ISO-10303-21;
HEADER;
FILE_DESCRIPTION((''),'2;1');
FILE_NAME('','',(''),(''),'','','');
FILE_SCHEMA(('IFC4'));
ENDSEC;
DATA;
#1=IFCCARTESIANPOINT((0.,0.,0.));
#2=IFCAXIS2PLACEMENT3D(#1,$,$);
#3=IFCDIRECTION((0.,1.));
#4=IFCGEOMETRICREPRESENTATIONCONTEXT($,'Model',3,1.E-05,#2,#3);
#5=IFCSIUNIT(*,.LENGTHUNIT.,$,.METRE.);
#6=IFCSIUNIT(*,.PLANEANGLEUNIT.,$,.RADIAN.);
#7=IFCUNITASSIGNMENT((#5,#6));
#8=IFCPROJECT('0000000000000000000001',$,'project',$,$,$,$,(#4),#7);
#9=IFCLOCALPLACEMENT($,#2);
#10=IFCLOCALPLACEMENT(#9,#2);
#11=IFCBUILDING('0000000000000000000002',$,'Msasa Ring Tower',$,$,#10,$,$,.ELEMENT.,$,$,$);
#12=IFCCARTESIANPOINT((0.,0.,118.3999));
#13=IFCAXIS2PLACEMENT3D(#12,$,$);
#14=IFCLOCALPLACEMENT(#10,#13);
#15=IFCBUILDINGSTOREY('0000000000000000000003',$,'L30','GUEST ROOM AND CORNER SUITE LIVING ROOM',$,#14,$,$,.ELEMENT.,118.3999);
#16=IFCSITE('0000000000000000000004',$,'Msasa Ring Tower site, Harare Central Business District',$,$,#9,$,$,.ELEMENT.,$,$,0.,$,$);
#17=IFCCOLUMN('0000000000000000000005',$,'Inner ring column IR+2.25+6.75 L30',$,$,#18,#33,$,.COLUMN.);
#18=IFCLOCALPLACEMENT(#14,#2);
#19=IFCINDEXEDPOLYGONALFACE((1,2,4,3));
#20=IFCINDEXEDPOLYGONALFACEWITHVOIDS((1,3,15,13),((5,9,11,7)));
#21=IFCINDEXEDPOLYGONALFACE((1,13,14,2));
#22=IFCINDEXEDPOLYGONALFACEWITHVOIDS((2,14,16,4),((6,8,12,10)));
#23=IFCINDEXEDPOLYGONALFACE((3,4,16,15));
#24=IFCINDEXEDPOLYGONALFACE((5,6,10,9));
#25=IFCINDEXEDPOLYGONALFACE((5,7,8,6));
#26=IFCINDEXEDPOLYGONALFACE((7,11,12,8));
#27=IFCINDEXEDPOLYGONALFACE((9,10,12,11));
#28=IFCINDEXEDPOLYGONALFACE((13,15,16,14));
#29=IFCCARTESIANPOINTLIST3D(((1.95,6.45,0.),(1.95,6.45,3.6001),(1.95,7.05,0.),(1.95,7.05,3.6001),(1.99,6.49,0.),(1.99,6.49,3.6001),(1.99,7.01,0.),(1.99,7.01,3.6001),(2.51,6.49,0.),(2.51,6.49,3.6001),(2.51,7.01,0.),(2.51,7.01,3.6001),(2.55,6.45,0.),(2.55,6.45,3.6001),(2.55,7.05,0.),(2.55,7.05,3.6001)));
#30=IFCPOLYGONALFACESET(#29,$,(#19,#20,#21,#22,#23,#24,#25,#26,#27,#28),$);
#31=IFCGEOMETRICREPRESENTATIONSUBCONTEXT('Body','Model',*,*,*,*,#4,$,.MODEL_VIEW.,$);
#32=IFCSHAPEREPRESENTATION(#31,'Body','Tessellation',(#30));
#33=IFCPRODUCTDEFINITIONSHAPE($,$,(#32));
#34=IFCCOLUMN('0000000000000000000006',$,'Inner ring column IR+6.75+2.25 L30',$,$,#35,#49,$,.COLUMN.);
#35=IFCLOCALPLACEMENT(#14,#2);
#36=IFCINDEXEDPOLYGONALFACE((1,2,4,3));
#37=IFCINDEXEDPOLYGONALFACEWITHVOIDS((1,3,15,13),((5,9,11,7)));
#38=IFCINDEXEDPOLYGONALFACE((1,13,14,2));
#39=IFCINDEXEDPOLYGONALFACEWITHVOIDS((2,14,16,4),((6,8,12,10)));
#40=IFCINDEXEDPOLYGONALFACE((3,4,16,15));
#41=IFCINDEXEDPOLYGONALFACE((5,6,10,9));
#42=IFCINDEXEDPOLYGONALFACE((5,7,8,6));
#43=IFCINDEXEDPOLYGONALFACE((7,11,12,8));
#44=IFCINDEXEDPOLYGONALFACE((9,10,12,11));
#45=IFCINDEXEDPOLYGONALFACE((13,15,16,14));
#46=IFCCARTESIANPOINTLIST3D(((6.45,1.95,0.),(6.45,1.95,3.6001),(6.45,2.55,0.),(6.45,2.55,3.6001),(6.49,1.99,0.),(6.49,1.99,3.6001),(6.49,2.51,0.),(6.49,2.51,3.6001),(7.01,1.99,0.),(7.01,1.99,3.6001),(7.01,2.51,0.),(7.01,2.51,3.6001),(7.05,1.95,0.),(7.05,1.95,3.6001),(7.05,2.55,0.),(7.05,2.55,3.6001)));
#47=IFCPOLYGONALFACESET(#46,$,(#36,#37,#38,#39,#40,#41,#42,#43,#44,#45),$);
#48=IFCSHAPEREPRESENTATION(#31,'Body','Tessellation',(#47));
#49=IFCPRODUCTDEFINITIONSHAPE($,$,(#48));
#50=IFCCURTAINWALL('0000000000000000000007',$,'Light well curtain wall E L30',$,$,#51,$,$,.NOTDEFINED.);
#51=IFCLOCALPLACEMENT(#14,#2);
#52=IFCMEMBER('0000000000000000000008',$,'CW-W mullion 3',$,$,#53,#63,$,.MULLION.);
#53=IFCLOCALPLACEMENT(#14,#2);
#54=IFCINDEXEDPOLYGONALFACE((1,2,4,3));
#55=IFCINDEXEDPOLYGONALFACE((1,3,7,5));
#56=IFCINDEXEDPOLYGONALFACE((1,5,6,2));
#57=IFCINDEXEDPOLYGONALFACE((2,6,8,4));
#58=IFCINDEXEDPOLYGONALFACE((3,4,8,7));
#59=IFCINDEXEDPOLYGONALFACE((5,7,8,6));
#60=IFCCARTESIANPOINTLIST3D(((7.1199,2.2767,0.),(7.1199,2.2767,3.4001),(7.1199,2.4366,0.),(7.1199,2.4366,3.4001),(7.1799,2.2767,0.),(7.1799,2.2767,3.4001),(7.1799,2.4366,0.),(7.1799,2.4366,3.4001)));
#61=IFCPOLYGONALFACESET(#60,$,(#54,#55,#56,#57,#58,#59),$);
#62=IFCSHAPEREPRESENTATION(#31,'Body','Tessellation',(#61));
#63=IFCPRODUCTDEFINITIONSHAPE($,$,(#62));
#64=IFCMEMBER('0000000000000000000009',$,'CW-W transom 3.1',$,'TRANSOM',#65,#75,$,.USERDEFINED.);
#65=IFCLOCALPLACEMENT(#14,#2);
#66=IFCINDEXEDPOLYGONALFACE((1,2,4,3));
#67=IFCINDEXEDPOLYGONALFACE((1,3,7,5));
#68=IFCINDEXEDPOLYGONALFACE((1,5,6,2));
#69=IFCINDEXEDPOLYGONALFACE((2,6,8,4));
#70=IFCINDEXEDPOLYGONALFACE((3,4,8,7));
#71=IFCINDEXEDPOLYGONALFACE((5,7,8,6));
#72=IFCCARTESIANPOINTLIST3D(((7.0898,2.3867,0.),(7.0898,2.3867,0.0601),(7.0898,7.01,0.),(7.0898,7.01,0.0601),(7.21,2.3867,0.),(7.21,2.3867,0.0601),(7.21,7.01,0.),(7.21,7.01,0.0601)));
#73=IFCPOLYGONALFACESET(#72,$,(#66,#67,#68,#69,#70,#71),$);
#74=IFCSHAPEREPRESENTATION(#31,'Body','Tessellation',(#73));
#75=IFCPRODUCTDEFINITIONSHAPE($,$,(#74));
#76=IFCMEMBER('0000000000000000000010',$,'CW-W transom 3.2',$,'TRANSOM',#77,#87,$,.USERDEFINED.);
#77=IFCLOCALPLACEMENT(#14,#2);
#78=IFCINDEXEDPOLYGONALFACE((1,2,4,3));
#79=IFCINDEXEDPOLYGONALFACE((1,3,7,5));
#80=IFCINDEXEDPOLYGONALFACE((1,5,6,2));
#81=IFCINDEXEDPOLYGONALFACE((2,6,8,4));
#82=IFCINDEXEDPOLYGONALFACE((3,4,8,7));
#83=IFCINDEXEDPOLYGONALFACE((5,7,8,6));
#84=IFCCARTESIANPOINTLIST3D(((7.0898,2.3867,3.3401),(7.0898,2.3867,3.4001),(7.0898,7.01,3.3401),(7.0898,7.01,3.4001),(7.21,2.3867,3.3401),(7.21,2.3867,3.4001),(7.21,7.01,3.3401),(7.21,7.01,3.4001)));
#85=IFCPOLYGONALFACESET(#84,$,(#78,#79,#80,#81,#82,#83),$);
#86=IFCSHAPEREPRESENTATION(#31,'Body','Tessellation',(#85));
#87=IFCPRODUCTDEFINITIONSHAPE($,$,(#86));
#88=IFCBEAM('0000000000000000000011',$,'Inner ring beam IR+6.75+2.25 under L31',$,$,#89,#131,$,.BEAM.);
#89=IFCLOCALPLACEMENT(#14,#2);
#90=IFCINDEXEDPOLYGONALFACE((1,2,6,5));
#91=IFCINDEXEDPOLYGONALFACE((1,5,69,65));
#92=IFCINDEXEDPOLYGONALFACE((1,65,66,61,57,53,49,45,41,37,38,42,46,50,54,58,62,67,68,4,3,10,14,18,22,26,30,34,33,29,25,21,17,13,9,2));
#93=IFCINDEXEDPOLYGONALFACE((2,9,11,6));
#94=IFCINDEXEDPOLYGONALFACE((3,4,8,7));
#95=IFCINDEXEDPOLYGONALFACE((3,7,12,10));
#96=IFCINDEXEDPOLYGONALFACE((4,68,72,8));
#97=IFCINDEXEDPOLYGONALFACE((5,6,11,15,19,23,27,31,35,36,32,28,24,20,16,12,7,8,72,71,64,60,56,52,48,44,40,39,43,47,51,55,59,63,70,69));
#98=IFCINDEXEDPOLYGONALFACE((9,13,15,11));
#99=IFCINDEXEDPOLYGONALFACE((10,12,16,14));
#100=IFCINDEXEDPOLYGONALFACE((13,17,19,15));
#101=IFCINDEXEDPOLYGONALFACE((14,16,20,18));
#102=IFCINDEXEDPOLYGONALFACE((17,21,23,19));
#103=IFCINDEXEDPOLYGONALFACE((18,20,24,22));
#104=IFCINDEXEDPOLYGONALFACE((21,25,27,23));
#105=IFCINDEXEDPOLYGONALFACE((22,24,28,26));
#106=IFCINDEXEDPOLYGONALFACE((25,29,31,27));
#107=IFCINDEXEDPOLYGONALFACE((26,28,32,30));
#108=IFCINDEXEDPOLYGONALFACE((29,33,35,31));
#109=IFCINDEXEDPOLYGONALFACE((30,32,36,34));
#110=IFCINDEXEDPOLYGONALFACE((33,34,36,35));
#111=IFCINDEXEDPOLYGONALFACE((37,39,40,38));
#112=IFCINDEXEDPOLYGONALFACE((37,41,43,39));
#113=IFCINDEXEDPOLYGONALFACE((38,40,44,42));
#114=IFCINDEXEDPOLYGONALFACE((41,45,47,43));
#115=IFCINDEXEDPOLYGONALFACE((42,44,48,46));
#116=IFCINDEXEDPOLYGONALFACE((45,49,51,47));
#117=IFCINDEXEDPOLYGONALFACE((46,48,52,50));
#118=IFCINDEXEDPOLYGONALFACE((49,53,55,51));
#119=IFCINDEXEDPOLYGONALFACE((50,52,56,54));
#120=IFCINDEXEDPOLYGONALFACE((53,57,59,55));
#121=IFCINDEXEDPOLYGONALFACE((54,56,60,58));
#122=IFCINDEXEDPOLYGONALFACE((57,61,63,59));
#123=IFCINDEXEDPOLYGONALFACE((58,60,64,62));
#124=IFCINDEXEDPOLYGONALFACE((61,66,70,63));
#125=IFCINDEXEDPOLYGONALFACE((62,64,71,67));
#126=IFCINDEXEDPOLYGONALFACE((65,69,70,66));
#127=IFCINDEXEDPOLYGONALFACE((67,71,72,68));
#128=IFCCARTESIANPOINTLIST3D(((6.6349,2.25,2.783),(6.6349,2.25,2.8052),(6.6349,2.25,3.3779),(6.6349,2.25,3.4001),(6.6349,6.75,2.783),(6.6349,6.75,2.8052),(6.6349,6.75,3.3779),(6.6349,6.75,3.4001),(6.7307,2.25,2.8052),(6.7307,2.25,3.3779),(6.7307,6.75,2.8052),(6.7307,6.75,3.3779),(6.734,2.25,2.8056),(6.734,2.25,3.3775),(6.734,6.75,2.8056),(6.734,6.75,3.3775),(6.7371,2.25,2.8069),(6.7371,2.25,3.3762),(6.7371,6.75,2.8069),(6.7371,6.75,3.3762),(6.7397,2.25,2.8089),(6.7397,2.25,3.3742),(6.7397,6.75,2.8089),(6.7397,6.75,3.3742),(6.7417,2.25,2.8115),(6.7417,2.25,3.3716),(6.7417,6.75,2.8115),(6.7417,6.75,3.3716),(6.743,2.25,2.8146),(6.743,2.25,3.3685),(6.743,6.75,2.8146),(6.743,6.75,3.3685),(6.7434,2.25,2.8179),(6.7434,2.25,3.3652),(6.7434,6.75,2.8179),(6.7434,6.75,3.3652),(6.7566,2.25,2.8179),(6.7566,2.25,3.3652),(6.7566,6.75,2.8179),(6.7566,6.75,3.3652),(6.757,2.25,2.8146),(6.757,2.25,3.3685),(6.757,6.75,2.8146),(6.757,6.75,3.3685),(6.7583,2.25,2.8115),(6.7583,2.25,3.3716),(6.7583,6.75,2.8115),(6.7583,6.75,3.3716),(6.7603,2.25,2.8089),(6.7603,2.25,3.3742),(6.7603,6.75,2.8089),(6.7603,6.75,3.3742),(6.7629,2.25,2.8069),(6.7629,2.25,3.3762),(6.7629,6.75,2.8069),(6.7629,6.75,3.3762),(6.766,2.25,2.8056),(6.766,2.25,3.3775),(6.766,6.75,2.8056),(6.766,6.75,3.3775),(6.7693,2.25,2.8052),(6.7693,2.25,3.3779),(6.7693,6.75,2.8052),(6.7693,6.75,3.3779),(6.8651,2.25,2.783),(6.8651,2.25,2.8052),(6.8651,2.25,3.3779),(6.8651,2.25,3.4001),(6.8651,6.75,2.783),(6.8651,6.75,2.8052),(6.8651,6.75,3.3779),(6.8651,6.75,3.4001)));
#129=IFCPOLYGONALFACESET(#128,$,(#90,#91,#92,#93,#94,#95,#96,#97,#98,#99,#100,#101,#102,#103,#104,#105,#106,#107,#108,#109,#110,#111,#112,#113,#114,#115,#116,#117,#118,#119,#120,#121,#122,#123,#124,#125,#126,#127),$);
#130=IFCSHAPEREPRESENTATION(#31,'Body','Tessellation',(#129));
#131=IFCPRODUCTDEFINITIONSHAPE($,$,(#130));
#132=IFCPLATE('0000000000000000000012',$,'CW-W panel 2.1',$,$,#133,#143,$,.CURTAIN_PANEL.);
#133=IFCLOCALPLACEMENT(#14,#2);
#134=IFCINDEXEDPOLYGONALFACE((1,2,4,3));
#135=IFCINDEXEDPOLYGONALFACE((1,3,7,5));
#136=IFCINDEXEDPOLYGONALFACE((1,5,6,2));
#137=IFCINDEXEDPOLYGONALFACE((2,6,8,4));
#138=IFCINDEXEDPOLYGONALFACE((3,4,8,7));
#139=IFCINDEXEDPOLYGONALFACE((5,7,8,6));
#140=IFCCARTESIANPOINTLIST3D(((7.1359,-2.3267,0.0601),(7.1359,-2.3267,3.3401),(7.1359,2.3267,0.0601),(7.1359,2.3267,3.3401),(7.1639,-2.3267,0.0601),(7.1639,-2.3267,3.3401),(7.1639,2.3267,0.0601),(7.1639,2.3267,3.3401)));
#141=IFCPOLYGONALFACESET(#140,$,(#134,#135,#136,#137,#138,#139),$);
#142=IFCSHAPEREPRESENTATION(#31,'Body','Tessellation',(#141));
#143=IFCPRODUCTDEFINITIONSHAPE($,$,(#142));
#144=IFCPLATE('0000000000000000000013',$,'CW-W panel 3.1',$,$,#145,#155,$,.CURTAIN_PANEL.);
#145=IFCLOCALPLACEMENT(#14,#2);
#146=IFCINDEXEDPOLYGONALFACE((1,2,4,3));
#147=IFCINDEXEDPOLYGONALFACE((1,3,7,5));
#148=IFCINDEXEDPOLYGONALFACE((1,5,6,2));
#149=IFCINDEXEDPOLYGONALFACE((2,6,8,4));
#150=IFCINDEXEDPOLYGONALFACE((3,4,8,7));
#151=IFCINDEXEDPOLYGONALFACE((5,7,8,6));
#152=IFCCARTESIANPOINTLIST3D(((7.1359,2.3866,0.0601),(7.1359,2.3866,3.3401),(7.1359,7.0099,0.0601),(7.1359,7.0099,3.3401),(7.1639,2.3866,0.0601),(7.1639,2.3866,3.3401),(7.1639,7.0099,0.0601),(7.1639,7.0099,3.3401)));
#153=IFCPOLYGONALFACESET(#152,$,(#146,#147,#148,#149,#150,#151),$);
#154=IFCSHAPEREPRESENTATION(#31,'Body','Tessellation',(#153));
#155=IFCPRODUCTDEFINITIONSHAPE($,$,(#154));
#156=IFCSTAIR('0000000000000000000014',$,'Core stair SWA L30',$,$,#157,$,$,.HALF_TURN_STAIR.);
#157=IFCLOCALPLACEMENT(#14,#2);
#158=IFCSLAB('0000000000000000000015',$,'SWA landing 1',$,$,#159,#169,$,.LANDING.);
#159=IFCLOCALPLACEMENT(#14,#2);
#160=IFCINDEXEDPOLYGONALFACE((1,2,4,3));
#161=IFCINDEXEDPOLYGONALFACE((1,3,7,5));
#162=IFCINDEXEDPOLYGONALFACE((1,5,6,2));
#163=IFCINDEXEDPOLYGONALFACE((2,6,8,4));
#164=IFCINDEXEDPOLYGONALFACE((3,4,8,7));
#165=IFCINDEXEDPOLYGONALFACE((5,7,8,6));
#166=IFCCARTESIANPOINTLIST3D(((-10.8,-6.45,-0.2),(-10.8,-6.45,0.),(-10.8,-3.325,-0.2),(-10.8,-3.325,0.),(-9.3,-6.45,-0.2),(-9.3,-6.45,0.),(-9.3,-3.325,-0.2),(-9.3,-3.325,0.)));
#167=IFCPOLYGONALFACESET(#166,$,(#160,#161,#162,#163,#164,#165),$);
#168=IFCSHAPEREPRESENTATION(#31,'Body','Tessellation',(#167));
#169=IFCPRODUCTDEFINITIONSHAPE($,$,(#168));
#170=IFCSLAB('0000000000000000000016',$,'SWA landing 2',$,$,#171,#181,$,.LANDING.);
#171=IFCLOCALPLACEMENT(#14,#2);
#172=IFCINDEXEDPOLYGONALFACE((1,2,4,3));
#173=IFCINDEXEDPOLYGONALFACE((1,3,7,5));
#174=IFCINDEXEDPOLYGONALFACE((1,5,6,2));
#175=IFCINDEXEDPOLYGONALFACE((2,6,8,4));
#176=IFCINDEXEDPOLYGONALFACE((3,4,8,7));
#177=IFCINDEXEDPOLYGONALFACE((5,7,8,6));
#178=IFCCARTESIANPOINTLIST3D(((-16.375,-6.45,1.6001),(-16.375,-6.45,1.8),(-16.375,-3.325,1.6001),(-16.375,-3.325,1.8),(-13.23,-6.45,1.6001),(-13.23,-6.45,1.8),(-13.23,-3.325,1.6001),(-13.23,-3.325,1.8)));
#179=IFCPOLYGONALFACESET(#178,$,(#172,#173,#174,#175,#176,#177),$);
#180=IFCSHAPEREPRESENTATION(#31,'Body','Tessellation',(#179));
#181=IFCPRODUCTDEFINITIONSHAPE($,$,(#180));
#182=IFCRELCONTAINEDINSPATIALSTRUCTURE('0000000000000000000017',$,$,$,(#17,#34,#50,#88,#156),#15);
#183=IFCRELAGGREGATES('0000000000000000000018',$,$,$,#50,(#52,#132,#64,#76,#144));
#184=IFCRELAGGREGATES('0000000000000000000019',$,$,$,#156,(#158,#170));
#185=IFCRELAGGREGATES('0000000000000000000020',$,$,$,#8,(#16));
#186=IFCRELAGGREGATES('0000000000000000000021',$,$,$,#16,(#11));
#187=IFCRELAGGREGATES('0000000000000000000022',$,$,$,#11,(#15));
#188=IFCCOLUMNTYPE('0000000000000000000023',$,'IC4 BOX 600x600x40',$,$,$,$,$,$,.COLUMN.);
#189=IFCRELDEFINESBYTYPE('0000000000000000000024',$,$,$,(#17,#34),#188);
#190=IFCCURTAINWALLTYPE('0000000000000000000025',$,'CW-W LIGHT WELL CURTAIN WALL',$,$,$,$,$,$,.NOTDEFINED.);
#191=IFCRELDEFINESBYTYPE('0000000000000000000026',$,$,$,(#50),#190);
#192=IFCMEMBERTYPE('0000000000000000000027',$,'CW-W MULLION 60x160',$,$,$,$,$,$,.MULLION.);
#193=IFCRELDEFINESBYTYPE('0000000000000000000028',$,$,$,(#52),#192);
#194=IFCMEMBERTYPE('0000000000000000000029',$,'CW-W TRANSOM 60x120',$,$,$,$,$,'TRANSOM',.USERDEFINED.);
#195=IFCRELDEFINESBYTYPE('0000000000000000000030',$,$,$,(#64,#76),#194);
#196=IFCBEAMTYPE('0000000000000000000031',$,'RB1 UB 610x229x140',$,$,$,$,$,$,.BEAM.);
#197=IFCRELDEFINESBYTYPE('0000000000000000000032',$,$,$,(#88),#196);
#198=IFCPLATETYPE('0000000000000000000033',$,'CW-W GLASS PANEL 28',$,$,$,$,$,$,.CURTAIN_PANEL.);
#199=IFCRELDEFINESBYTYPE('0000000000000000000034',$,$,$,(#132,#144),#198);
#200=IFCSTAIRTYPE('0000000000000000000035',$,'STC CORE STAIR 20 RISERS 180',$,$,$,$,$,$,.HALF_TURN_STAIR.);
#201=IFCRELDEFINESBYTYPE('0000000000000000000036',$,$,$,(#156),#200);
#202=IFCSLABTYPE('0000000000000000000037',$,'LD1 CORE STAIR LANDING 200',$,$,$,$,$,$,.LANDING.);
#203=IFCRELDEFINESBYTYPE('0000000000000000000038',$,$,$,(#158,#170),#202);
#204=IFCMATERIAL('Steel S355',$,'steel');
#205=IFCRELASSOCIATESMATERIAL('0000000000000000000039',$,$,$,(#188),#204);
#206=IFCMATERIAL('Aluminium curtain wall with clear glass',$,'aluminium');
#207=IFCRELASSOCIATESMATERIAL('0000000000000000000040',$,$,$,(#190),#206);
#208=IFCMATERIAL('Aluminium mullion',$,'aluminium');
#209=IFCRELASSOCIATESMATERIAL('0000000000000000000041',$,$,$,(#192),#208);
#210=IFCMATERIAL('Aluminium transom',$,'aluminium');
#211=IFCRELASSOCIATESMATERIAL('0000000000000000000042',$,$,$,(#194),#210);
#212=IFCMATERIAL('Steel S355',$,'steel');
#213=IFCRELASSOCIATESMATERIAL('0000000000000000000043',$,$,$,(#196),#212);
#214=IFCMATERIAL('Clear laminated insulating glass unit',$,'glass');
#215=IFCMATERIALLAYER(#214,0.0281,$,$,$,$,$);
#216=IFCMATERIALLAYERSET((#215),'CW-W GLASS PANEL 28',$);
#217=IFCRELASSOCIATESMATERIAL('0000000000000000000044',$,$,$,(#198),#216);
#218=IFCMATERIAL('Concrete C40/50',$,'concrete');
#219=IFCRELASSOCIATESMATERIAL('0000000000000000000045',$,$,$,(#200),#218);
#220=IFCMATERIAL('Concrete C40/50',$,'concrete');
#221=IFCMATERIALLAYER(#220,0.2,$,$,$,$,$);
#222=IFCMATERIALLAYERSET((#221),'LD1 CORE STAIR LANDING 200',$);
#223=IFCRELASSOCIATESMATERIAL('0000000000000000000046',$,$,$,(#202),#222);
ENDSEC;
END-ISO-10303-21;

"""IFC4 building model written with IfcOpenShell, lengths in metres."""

from ifc_helpers import new_model, si_unit, direction, frame, origin, origin_2d, place, context, subcontext, project, spatial, polyline, rectangle, hollow_rectangle, i_section, outline, extrude, material, layer, layer_set, material_profile, profile_set, type_object, element, aggregate, save


model = new_model("IFC4")

# Units and contexts
model_context = context("Model", 3, precision=1e-05, world=origin(), true_north=direction((0.0, 1.0)))
body_context = subcontext(model_context, "Body", "Model", "MODEL_VIEW")
ifc_project = project(units=[si_unit("LENGTHUNIT", "METRE"), si_unit("PLANEANGLEUNIT", "RADIAN")], contexts=[model_context])

# Site, building, storey
site_placement = place(None, origin())
site = spatial("IfcSite", under=ifc_project, at=site_placement, Name="Msasa Ring Tower site, Harare Central Business District", CompositionType="ELEMENT", RefElevation=0.0)
building_placement = place(site_placement, origin())
building = spatial("IfcBuilding", under=site, at=building_placement, Name="Msasa Ring Tower", CompositionType="ELEMENT")
storey_placement = place(building_placement, frame((0.0, 0.0, 118.3999)))
storey = spatial("IfcBuildingStorey", under=building, at=storey_placement, Name="L30", Description="GUEST ROOM AND CORNER SUITE LIVING ROOM", CompositionType="ELEMENT", Elevation=118.3999)

# Columns
ifc_material_1 = material(Name="Steel S355", Category="steel")
ifc_material_profile_1 = material_profile(ifc_material_1, hollow_rectangle(XDim=0.6001, YDim=0.6001, WallThickness=0.04, at=origin_2d()), Name="BOX 600x600x40")
ifc_profile_set_1 = profile_set([ifc_material_profile_1], Name="Steel S355")
column_type = type_object("IfcColumnType", Name="IC4 BOX 600x600x40", PredefinedType="COLUMN", material=ifc_profile_set_1)
for number, where, z_axis, x_axis, name in (
    (1, (2.25, 6.75, 0.0), (0.0, 0.0, 1.0), (1.0, 0.0, 0.0), "Inner ring column IR+2.25+6.75 L30"),
    (2, (6.75, 2.25, 0.0), (0.0, 0.0, 1.0), (1.0, 0.0, 0.0), "Inner ring column IR+6.75+2.25 L30"),
):
    element("IfcColumn", number, at=place(storey_placement, frame(where, z_axis=z_axis, x_axis=x_axis)), inside=storey, type_object=column_type, Name=name, PredefinedType="COLUMN", context=body_context, shape_type="SweptSolid", body=[
        extrude(hollow_rectangle(XDim=0.6001, YDim=0.6001, WallThickness=0.04, at=origin_2d()), origin(), (0.0, 0.0, 1.0), 3.6001),
    ])

# Curtain wall, members
ifc_material_2 = material(Name="Aluminium curtain wall with clear glass", Category="aluminium")
curtain_wall_type = type_object("IfcCurtainWallType", Name="CW-W LIGHT WELL CURTAIN WALL", PredefinedType="NOTDEFINED", material=ifc_material_2)
curtain_wall_placement = place(storey_placement, origin())
curtain_wall = element("IfcCurtainWall", 3, at=curtain_wall_placement, inside=storey, type_object=curtain_wall_type, Name="Light well curtain wall E L30", PredefinedType="NOTDEFINED")
ifc_material_3 = material(Name="Aluminium mullion", Category="aluminium")
ifc_material_profile_2 = material_profile(ifc_material_3, rectangle(XDim=0.0601, YDim=0.1599, at=origin_2d()), Name="AL 60x160")
ifc_profile_set_2 = profile_set([ifc_material_profile_2], Name="Aluminium mullion")
member_type_1 = type_object("IfcMemberType", Name="CW-W MULLION 60x160", PredefinedType="MULLION", material=ifc_profile_set_2)
member_1_placement = place(storey_placement, frame((7.1499, 2.3567, 0.0), z_axis=(0.0, 0.0, 1.0), x_axis=(-1.0, 0.0, 0.0)))
member_1 = element("IfcMember", 4, at=member_1_placement, type_object=member_type_1, Name="CW-W mullion 3", PredefinedType="MULLION", context=body_context, shape_type="SweptSolid", body=[
    extrude(rectangle(XDim=0.0601, YDim=0.1599, at=origin_2d()), origin(), (0.0, 0.0, 1.0), 3.4001),
])
ifc_material_4 = material(Name="Aluminium transom", Category="aluminium")
ifc_material_profile_3 = material_profile(ifc_material_4, rectangle(XDim=0.1201, YDim=0.0601, at=origin_2d()), Name="AL 60x120")
ifc_profile_set_3 = profile_set([ifc_material_profile_3], Name="Aluminium transom")
member_type_2 = type_object("IfcMemberType", Name="CW-W TRANSOM 60x120", ElementType="TRANSOM", PredefinedType="USERDEFINED", material=ifc_profile_set_3)
member_2_placement = place(storey_placement, frame((7.1499, 2.3867, 0.03), z_axis=(0.0, 1.0, 0.0), x_axis=(-1.0, 0.0, 0.0)))
member_2 = element("IfcMember", 5, at=member_2_placement, type_object=member_type_2, Name="CW-W transom 3.1", ObjectType="TRANSOM", PredefinedType="USERDEFINED", context=body_context, shape_type="SweptSolid", body=[
    extrude(rectangle(XDim=0.1201, YDim=0.0601, at=origin_2d()), origin(), (0.0, 0.0, 1.0), 4.6233),
])
member_3_placement = place(storey_placement, frame((7.1499, 2.3867, 3.3701), z_axis=(0.0, 1.0, 0.0), x_axis=(-1.0, 0.0, 0.0)))
member_3 = element("IfcMember", 6, at=member_3_placement, type_object=member_type_2, Name="CW-W transom 3.2", ObjectType="TRANSOM", PredefinedType="USERDEFINED", context=body_context, shape_type="SweptSolid", body=[
    extrude(rectangle(XDim=0.1201, YDim=0.0601, at=origin_2d()), origin(), (0.0, 0.0, 1.0), 4.6233),
])

# Beam
ifc_material_5 = material(Name="Steel S355", Category="steel")
ifc_material_profile_4 = material_profile(ifc_material_5, i_section(OverallWidth=0.2302, OverallDepth=0.6172, WebThickness=0.0132, FlangeThickness=0.0222, FilletRadius=0.0127, at=origin_2d()), Name="UB 610x229x140")
ifc_profile_set_4 = profile_set([ifc_material_profile_4], Name="Steel S355")
beam_type = type_object("IfcBeamType", Name="RB1 UB 610x229x140", PredefinedType="BEAM", material=ifc_profile_set_4)
beam_placement = place(storey_placement, frame((6.75, 2.25, 3.0916), z_axis=(0.0, 1.0, 0.0), x_axis=(-1.0, 0.0, 0.0)))
element("IfcBeam", 7, at=beam_placement, inside=storey, type_object=beam_type, Name="Inner ring beam IR+6.75+2.25 under L31", PredefinedType="BEAM", context=body_context, shape_type="SweptSolid", body=[
    extrude(i_section(OverallWidth=0.2302, OverallDepth=0.6172, WebThickness=0.0132, FlangeThickness=0.0222, FilletRadius=0.0127, at=origin_2d()), origin(), (0.0, 0.0, 1.0), 4.5),
])

# Plates
ifc_material_6 = material(Name="Clear laminated insulating glass unit", Category="glass")
ifc_layer_1 = layer(ifc_material_6, 0.0281)
ifc_layer_set_1 = layer_set([ifc_layer_1], Name="CW-W GLASS PANEL 28")
plate_type = type_object("IfcPlateType", Name="CW-W GLASS PANEL 28", PredefinedType="CURTAIN_PANEL", material=ifc_layer_set_1)
plate_1_placement = place(storey_placement, frame((7.1499, 0.0, 0.0601), z_axis=(0.0, 0.0, 1.0), x_axis=(0.0, 1.0, 0.0)))
plate_1 = element("IfcPlate", 8, at=plate_1_placement, type_object=plate_type, Name="CW-W panel 2.1", PredefinedType="CURTAIN_PANEL", context=body_context, shape_type="SweptSolid", body=[
    extrude(rectangle(XDim=4.6533, YDim=0.0281, at=origin_2d()), origin(), (0.0, 0.0, 1.0), 3.28),
])
plate_2_placement = place(storey_placement, frame((7.1499, 4.6982, 0.0601), z_axis=(0.0, 0.0, 1.0), x_axis=(0.0, 1.0, 0.0)))
plate_2 = element("IfcPlate", 9, at=plate_2_placement, type_object=plate_type, Name="CW-W panel 3.1", PredefinedType="CURTAIN_PANEL", context=body_context, shape_type="SweptSolid", body=[
    extrude(rectangle(XDim=4.6233, YDim=0.0281, at=origin_2d()), origin(), (0.0, 0.0, 1.0), 3.28),
])
aggregate(curtain_wall, [member_1, plate_1, member_2, member_3, plate_2])

# Stair, slabs
ifc_material_7 = material(Name="Concrete C40/50", Category="concrete")
stair_type = type_object("IfcStairType", Name="STC CORE STAIR 20 RISERS 180", PredefinedType="HALF_TURN_STAIR", material=ifc_material_7)
stair_1_placement = place(storey_placement, origin())
stair_1 = element("IfcStair", 10, at=stair_1_placement, inside=storey, type_object=stair_type, Name="Core stair SWA L30", PredefinedType="HALF_TURN_STAIR")
ifc_material_8 = material(Name="Concrete C40/50", Category="concrete")
ifc_layer_2 = layer(ifc_material_8, 0.2)
ifc_layer_set_2 = layer_set([ifc_layer_2], Name="LD1 CORE STAIR LANDING 200")
slab_type = type_object("IfcSlabType", Name="LD1 CORE STAIR LANDING 200", PredefinedType="LANDING", material=ifc_layer_set_2)
slab_1_placement = place(storey_placement, frame((0.0, 0.0, -0.2)))
slab_1 = element("IfcSlab", 11, at=slab_1_placement, type_object=slab_type, Name="SWA landing 1", PredefinedType="LANDING", context=body_context, shape_type="SweptSolid", body=[
    extrude(outline(polyline([(-10.8, -6.45), (-9.3, -6.45), (-9.3, -3.325), (-10.8, -3.325), (-10.8, -6.45)])), origin(), (0.0, 0.0, 1.0), 0.2),
])
slab_2_placement = place(storey_placement, frame((0.0, 0.0, 1.6001)))
slab_2 = element("IfcSlab", 12, at=slab_2_placement, type_object=slab_type, Name="SWA landing 2", PredefinedType="LANDING", context=body_context, shape_type="SweptSolid", body=[
    extrude(outline(polyline([(-16.375, -6.45), (-13.23, -6.45), (-13.23, -3.325), (-16.375, -3.325), (-16.375, -6.45)])), origin(), (0.0, 0.0, 1.0), 0.2),
])
aggregate(stair_1, [slab_1, slab_2])

save(model, "model.ifc")
